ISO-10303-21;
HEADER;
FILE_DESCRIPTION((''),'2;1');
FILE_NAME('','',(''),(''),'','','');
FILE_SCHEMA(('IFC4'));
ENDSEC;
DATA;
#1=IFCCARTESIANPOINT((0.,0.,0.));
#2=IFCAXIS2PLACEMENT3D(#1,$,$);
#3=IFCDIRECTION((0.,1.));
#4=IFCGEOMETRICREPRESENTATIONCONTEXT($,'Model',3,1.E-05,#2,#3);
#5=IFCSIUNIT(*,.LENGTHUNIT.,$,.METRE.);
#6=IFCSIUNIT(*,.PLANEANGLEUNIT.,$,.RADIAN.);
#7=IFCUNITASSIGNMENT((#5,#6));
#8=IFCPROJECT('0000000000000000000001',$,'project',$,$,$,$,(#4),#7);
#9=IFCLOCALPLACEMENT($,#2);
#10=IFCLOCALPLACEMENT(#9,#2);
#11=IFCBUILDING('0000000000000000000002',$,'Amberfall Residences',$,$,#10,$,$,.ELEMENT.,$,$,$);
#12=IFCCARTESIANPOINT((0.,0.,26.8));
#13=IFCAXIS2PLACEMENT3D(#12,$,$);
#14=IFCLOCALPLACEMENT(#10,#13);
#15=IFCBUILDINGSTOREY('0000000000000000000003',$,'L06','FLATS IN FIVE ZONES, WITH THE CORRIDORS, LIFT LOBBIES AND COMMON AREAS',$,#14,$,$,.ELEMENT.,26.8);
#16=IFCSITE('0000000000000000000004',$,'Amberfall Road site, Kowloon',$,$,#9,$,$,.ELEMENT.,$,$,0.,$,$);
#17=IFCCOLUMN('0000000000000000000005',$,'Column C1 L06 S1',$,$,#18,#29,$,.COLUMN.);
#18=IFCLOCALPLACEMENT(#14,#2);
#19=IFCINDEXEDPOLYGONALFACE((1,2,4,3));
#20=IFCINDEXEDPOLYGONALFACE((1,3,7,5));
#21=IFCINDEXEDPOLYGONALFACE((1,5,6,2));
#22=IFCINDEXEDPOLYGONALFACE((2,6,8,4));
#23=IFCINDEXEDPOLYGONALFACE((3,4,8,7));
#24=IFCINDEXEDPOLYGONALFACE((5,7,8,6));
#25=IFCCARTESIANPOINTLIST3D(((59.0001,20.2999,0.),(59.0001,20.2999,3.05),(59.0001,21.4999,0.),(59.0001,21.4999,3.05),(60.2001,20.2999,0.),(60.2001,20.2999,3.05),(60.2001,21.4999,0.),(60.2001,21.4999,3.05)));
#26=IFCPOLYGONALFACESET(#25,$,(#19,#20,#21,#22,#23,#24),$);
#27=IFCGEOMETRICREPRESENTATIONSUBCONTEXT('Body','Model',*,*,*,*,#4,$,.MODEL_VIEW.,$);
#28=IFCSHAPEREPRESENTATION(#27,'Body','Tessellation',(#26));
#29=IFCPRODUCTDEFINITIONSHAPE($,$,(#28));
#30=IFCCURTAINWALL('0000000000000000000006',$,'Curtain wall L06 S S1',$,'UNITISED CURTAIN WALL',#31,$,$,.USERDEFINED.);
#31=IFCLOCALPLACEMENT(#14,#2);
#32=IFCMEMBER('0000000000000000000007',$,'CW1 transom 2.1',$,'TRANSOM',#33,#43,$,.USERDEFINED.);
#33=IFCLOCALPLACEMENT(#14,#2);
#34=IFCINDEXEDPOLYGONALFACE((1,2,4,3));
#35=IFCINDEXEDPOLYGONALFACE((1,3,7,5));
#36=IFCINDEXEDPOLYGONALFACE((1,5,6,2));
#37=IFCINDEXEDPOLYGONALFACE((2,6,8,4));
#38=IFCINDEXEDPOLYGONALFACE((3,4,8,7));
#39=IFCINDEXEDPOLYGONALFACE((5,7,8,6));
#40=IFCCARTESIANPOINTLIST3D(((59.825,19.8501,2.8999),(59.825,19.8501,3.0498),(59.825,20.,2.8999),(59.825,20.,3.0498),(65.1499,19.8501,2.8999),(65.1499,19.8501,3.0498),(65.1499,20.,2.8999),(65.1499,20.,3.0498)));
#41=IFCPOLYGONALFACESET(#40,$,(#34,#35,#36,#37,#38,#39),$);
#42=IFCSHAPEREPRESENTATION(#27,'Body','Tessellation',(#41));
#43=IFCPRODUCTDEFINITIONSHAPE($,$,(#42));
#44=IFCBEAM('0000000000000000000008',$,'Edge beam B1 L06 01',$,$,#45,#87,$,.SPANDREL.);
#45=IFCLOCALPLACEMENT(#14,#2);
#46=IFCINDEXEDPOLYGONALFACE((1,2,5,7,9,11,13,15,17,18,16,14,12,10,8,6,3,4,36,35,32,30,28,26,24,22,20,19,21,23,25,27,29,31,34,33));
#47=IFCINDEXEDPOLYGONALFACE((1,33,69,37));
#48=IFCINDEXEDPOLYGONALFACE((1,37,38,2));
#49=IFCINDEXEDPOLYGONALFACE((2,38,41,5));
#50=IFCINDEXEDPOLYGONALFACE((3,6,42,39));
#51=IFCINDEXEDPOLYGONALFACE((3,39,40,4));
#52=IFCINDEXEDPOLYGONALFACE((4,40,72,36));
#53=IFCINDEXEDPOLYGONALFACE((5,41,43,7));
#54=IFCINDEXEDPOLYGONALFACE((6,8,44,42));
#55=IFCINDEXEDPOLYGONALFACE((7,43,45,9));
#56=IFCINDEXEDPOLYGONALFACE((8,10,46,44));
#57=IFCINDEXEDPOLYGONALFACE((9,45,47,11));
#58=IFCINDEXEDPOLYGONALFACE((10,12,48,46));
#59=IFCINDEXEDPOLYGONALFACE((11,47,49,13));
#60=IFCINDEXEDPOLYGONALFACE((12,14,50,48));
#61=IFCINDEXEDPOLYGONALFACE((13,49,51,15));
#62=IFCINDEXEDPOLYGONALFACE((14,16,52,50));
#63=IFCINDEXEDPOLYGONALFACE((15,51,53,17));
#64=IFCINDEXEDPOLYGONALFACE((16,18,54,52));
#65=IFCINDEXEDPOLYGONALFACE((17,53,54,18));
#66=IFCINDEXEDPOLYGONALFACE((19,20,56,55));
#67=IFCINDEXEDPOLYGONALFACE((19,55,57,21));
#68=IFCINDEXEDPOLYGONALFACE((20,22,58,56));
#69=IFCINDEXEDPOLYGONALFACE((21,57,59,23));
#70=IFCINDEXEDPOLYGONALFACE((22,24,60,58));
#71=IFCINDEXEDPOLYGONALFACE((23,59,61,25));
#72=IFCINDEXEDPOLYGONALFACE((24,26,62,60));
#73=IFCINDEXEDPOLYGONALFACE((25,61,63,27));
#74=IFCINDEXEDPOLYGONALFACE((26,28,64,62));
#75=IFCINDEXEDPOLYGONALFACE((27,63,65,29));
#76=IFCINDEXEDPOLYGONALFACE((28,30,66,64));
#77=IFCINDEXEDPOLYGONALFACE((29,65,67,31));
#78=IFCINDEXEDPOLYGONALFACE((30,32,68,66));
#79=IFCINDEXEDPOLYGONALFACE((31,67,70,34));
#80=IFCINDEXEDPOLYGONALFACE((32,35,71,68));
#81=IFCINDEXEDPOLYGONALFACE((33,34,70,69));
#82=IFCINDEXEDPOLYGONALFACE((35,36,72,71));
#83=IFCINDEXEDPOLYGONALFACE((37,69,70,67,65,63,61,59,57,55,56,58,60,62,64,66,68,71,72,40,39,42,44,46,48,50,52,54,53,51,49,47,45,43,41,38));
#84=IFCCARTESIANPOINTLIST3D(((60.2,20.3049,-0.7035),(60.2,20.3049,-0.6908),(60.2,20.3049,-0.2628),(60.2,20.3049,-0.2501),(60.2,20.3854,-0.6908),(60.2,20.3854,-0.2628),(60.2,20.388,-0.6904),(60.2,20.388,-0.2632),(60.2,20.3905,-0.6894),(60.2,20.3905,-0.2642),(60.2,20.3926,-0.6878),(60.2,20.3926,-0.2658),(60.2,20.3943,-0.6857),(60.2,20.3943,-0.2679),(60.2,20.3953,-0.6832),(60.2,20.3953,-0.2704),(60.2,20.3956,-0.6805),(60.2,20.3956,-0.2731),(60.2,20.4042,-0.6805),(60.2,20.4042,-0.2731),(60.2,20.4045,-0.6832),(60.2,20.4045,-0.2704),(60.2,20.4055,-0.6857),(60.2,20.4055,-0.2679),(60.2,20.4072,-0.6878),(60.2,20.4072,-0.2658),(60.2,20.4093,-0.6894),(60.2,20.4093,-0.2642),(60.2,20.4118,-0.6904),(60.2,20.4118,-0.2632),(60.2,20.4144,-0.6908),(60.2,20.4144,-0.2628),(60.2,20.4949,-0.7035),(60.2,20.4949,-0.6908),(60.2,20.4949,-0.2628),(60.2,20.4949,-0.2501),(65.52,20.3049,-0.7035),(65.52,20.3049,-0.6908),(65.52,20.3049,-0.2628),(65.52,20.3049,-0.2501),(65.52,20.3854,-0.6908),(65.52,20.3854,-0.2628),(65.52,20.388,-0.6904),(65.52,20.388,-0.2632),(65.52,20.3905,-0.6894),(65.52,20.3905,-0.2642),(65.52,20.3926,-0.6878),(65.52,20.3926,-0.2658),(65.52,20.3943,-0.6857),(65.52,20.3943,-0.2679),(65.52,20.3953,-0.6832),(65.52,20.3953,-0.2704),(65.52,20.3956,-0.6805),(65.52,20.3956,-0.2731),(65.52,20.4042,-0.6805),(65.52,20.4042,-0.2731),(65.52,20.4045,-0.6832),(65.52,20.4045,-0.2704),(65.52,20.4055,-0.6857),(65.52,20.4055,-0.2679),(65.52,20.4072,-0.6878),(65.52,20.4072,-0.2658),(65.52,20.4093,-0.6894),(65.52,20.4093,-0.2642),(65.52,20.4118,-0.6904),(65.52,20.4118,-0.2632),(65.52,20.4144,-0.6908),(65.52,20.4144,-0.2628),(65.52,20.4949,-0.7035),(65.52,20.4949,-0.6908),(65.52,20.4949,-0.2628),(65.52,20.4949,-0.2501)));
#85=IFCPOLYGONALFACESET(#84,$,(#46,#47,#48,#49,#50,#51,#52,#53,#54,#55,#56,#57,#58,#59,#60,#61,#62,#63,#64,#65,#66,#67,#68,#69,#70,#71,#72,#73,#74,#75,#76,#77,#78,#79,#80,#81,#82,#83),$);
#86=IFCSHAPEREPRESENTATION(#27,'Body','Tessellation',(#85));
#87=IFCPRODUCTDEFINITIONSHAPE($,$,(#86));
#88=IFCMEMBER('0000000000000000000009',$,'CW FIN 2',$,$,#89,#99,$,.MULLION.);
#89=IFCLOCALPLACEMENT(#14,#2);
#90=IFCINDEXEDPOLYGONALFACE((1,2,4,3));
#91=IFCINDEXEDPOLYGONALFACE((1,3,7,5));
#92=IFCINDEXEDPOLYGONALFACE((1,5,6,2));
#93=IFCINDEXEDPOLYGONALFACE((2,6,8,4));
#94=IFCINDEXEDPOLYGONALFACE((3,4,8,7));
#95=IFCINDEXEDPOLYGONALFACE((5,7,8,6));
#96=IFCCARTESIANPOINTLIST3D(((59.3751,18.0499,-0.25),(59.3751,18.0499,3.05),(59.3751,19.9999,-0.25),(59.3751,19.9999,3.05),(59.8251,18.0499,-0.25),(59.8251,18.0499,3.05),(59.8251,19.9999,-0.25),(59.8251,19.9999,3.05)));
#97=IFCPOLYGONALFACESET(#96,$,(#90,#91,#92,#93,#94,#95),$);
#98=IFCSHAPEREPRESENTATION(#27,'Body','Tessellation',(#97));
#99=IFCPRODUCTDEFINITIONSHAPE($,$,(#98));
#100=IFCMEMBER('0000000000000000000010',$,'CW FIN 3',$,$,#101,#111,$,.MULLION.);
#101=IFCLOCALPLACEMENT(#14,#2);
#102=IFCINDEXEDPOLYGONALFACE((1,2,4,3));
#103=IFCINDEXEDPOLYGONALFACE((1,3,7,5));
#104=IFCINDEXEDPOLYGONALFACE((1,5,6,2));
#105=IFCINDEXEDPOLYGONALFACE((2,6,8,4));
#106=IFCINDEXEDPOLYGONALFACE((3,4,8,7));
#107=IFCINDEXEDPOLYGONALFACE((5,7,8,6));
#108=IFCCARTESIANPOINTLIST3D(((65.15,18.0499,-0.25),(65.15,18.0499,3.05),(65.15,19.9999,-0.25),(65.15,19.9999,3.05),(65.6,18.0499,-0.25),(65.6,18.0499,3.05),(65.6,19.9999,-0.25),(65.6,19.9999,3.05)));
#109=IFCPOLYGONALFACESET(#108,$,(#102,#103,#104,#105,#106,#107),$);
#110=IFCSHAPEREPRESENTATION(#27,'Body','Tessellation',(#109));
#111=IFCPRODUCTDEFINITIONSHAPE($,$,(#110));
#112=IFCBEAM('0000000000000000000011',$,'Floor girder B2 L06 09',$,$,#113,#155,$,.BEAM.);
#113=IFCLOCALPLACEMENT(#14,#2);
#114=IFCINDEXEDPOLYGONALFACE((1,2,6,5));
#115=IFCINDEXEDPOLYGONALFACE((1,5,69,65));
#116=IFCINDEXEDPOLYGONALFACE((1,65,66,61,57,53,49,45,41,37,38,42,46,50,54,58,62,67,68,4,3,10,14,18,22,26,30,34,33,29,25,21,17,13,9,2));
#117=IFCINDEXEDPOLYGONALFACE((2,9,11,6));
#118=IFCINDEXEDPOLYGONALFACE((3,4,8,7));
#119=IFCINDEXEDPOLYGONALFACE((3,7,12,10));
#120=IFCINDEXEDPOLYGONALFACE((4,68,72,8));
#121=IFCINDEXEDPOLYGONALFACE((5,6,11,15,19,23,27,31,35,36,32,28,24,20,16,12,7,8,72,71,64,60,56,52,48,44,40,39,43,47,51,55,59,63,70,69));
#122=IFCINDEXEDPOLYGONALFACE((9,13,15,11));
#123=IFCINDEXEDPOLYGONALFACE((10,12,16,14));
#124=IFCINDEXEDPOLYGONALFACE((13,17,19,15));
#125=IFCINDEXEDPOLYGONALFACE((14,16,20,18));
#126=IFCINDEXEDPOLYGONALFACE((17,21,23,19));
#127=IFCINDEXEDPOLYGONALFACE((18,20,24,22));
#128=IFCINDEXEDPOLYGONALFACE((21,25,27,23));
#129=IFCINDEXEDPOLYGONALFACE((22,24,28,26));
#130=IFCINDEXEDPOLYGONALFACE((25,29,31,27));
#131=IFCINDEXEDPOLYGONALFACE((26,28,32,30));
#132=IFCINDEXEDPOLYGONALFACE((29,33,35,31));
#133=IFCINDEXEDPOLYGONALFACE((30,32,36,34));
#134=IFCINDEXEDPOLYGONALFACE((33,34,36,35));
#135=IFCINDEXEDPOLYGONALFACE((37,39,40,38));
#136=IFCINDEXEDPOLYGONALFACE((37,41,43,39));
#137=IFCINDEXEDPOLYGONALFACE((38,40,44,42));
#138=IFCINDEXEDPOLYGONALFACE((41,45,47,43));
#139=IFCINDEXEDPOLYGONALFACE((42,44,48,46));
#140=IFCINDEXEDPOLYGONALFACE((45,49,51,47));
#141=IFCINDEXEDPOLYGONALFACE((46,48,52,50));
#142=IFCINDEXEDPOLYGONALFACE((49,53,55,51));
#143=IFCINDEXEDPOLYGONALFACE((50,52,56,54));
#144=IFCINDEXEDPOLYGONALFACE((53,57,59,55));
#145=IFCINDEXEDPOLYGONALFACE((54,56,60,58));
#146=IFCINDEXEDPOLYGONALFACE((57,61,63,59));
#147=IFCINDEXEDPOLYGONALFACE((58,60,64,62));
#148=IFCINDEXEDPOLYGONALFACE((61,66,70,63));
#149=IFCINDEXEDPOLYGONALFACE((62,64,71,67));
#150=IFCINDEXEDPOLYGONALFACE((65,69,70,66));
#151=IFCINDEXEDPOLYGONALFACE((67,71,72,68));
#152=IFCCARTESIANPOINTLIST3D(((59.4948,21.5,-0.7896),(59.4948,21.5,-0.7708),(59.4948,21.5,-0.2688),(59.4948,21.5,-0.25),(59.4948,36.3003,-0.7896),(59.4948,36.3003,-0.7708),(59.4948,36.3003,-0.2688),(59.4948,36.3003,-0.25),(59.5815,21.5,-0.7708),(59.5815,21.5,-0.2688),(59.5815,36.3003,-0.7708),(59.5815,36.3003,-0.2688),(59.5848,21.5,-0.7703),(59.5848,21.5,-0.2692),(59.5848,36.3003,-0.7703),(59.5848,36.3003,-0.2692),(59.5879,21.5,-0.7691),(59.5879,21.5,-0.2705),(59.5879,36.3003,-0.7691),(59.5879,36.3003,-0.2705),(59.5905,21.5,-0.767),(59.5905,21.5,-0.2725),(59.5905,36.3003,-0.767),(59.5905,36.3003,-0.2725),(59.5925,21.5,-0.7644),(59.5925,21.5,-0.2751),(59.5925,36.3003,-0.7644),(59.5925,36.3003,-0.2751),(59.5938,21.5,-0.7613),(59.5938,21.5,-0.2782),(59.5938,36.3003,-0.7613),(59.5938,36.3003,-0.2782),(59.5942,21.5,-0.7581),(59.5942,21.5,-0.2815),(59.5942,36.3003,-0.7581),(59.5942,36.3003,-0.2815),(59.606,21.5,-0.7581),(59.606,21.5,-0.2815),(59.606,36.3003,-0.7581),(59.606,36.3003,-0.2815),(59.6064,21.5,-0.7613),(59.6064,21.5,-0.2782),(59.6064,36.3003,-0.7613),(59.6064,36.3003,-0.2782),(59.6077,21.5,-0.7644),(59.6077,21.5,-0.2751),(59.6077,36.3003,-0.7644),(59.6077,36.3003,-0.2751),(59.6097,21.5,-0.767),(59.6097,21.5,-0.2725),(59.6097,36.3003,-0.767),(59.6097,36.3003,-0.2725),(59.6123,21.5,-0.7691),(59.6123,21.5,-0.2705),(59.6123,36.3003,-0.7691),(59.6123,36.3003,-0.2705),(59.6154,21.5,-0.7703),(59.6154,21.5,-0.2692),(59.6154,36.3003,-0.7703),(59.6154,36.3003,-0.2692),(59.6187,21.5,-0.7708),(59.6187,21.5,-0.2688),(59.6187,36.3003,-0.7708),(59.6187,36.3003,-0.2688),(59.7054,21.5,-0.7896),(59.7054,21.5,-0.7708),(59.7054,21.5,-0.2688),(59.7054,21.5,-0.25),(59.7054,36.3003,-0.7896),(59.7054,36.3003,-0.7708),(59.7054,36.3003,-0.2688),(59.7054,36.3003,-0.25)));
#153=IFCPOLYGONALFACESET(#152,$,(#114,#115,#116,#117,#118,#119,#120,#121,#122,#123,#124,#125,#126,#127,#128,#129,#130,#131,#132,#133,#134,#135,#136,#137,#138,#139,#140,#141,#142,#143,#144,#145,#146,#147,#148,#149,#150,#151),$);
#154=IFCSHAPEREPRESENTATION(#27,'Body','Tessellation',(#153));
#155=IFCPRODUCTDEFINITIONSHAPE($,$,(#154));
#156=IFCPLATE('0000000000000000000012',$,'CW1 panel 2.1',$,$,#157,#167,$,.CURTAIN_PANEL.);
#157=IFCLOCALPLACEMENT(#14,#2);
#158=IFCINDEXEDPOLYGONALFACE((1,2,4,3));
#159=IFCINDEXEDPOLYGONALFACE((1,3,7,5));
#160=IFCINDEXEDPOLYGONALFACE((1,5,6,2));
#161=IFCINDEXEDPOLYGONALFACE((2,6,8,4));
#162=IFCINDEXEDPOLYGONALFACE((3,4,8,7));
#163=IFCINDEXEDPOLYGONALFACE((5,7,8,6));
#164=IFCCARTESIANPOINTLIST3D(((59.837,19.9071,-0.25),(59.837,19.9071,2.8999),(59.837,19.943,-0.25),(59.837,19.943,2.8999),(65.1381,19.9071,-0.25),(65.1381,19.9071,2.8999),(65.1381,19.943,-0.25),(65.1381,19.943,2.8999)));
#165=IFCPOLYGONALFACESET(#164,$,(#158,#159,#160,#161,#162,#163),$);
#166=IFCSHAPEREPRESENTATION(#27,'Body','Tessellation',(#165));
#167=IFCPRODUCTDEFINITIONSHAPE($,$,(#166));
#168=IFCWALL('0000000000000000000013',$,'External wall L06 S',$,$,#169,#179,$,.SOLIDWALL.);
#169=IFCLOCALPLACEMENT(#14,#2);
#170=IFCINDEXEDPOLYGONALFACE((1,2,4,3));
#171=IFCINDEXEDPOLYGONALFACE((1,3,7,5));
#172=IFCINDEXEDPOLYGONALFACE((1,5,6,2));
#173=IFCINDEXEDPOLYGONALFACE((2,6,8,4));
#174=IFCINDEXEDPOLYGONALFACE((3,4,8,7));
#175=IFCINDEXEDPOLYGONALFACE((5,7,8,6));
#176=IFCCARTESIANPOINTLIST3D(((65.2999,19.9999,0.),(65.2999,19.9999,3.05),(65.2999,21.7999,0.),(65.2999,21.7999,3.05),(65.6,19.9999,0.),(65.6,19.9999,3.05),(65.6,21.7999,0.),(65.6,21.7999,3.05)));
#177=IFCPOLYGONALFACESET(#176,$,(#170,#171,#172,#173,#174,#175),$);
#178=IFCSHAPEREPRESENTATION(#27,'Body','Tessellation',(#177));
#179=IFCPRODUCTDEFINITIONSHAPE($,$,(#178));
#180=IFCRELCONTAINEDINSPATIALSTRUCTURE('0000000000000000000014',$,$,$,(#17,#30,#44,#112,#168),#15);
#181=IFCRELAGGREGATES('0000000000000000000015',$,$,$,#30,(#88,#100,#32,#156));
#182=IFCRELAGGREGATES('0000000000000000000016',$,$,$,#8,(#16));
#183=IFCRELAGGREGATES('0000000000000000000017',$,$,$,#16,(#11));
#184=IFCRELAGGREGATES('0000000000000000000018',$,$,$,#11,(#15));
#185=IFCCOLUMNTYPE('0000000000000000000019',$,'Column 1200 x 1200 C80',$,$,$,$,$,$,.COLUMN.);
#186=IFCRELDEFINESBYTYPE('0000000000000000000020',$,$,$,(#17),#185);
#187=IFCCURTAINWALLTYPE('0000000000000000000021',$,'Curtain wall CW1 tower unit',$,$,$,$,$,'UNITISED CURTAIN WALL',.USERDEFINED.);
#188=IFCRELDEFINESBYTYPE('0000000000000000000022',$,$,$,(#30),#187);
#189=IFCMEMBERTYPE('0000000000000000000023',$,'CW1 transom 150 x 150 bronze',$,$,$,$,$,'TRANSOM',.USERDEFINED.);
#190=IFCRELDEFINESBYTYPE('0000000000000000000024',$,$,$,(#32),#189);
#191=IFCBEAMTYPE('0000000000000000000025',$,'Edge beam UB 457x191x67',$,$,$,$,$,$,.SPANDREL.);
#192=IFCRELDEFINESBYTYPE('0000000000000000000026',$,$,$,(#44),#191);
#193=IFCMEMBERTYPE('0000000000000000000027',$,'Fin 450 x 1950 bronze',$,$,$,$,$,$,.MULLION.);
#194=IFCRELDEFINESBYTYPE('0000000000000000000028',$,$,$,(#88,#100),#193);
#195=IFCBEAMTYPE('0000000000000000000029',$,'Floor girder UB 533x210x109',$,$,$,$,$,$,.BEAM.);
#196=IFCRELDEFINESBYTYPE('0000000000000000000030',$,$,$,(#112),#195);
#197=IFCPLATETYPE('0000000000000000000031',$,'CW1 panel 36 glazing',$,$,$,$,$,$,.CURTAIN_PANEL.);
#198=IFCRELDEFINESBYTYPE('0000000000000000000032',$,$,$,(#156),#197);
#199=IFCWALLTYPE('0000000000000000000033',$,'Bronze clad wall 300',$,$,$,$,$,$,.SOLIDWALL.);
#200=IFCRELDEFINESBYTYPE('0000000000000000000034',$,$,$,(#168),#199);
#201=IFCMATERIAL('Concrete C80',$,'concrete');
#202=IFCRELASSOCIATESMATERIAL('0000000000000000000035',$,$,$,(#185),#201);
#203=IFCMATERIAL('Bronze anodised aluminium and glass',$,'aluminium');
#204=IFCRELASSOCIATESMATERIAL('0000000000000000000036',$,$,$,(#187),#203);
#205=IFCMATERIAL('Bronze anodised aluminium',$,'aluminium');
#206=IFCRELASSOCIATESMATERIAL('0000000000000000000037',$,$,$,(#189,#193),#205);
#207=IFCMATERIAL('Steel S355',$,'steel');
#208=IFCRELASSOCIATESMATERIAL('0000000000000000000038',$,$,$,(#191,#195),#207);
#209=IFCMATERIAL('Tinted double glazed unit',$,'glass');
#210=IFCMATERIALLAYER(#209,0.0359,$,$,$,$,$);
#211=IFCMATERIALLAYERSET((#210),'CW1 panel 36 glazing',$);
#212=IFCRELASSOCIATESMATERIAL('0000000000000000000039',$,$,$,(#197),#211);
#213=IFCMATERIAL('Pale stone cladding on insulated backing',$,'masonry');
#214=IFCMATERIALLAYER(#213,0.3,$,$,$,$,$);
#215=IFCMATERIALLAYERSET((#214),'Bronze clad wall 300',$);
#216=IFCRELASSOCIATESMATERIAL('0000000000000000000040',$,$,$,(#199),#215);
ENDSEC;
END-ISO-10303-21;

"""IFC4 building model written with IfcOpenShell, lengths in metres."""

from ifc_helpers import new_model, si_unit, direction, frame, frame_2d, origin, origin_2d, place, context, subcontext, project, spatial, rectangle, i_section, extrude, material, layer, layer_set, material_profile, profile_set, type_object, element, aggregate, save


model = new_model("IFC4")

# Units and contexts
model_context = context("Model", 3, precision=1e-05, world=origin(), true_north=direction((0.0, 1.0)))
body_context = subcontext(model_context, "Body", "Model", "MODEL_VIEW")
ifc_project = project(units=[si_unit("LENGTHUNIT", "METRE"), si_unit("PLANEANGLEUNIT", "RADIAN")], contexts=[model_context])

# Site, building, storey
site_placement = place(None, origin())
site = spatial("IfcSite", under=ifc_project, at=site_placement, Name="Amberfall Road site, Kowloon", CompositionType="ELEMENT", RefElevation=0.0)
building_placement = place(site_placement, origin())
building = spatial("IfcBuilding", under=site, at=building_placement, Name="Amberfall Residences", CompositionType="ELEMENT")
storey_placement = place(building_placement, frame((0.0, 0.0, 26.8)))
storey = spatial("IfcBuildingStorey", under=building, at=storey_placement, Name="L06", Description="FLATS IN FIVE ZONES, WITH THE CORRIDORS, LIFT LOBBIES AND COMMON AREAS", CompositionType="ELEMENT", Elevation=26.8)

# Column
ifc_material_1 = material(Name="Concrete C80", Category="concrete")
ifc_material_profile_1 = material_profile(ifc_material_1, rectangle(XDim=1.2, YDim=1.2, at=origin_2d()), Name="Column 1200 x 1200 C80")
ifc_profile_set_1 = profile_set([ifc_material_profile_1], Name="Concrete C80")
column_type = type_object("IfcColumnType", Name="Column 1200 x 1200 C80", PredefinedType="COLUMN", material=ifc_profile_set_1)
column_placement = place(storey_placement, frame((59.6001, 20.8999, 0.0), z_axis=(0.0, 0.0, 1.0), x_axis=(1.0, 0.0, 0.0)))
element("IfcColumn", 1, at=column_placement, inside=storey, type_object=column_type, Name="Column C1 L06 S1", PredefinedType="COLUMN", context=body_context, shape_type="SweptSolid", body=[
    extrude(rectangle(XDim=1.2, YDim=1.2, at=origin_2d()), origin(), (0.0, 0.0, 1.0), 3.05),
])

# Curtain wall, member
ifc_material_2 = material(Name="Bronze anodised aluminium and glass", Category="aluminium")
curtain_wall_type = type_object("IfcCurtainWallType", Name="Curtain wall CW1 tower unit", ElementType="UNITISED CURTAIN WALL", PredefinedType="USERDEFINED", material=ifc_material_2)
curtain_wall_placement = place(storey_placement, origin())
curtain_wall = element("IfcCurtainWall", 2, at=curtain_wall_placement, inside=storey, type_object=curtain_wall_type, Name="Curtain wall L06 S S1", ObjectType="UNITISED CURTAIN WALL", PredefinedType="USERDEFINED")
ifc_material_3 = material(Name="Bronze anodised aluminium", Category="aluminium")
ifc_material_profile_2 = material_profile(ifc_material_3, rectangle(XDim=0.1499, YDim=0.1499, at=origin_2d()), Name="CW1 transom 150 x 150 bronze")
ifc_profile_set_2 = profile_set([ifc_material_profile_2], Name="Bronze anodised aluminium")
member_type_1 = type_object("IfcMemberType", Name="CW1 transom 150 x 150 bronze", ElementType="TRANSOM", PredefinedType="USERDEFINED", material=ifc_profile_set_2)
member_1_placement = place(storey_placement, frame((59.825, 19.925, 2.9749), z_axis=(1.0, 0.0, 0.0), x_axis=(0.0, 1.0, 0.0)))
member_1 = element("IfcMember", 3, at=member_1_placement, type_object=member_type_1, Name="CW1 transom 2.1", ObjectType="TRANSOM", PredefinedType="USERDEFINED", context=body_context, shape_type="SweptSolid", body=[
    extrude(rectangle(XDim=0.1499, YDim=0.1499, at=origin_2d()), origin(), (0.0, 0.0, 1.0), 5.325),
])

# Beam
ifc_material_4 = material(Name="Steel S355", Category="steel")
ifc_material_profile_3 = material_profile(ifc_material_4, i_section(OverallWidth=0.1899, OverallDepth=0.4534, WebThickness=0.0085, FlangeThickness=0.0127, FilletRadius=0.0103, at=origin_2d()), Name="UB 457x191x67")
ifc_profile_set_3 = profile_set([ifc_material_profile_3], Name="Steel S355")
beam_type_1 = type_object("IfcBeamType", Name="Edge beam UB 457x191x67", PredefinedType="SPANDREL", material=ifc_profile_set_3)
beam_1_placement = place(storey_placement, frame((60.2, 20.3999, -0.4768), z_axis=(1.0, 0.0, 0.0), x_axis=(0.0, 1.0, 0.0)))
element("IfcBeam", 4, at=beam_1_placement, inside=storey, type_object=beam_type_1, Name="Edge beam B1 L06 01", PredefinedType="SPANDREL", context=body_context, shape_type="SweptSolid", body=[
    extrude(i_section(OverallWidth=0.1899, OverallDepth=0.4534, WebThickness=0.0085, FlangeThickness=0.0127, FilletRadius=0.0103, at=origin_2d()), origin(), (0.0, 0.0, 1.0), 5.3201),
])

# Members
ifc_material_profile_4 = material_profile(ifc_material_3, rectangle(XDim=1.95, YDim=0.45, at=origin_2d()), Name="Fin 450 x 1950 bronze")
ifc_profile_set_4 = profile_set([ifc_material_profile_4], Name="Bronze anodised aluminium")
member_type_2 = type_object("IfcMemberType", Name="Fin 450 x 1950 bronze", PredefinedType="MULLION", material=ifc_profile_set_4)
member_2_placement = place(storey_placement, frame((59.6001, 19.0249, -0.25), z_axis=(0.0, 0.0, 1.0), x_axis=(0.0, 1.0, 0.0)))
member_2 = element("IfcMember", 5, at=member_2_placement, type_object=member_type_2, Name="CW FIN 2", PredefinedType="MULLION", context=body_context, shape_type="SweptSolid", body=[
    extrude(rectangle(XDim=1.95, YDim=0.45, at=origin_2d()), origin(), (0.0, 0.0, 1.0), 3.3),
])
member_3_placement = place(storey_placement, frame((65.375, 19.0249, -0.25), z_axis=(0.0, 0.0, 1.0), x_axis=(0.0, 1.0, 0.0)))
member_3 = element("IfcMember", 6, at=member_3_placement, type_object=member_type_2, Name="CW FIN 3", PredefinedType="MULLION", context=body_context, shape_type="SweptSolid", body=[
    extrude(rectangle(XDim=1.95, YDim=0.45, at=origin_2d()), origin(), (0.0, 0.0, 1.0), 3.3),
])

# Beam
ifc_material_profile_5 = material_profile(ifc_material_4, i_section(OverallWidth=0.2107, OverallDepth=0.5396, WebThickness=0.0117, FlangeThickness=0.0188, FilletRadius=0.0127, at=origin_2d()), Name="UB 533x210x109")
ifc_profile_set_5 = profile_set([ifc_material_profile_5], Name="Steel S355")
beam_type_2 = type_object("IfcBeamType", Name="Floor girder UB 533x210x109", PredefinedType="BEAM", material=ifc_profile_set_5)
beam_2_placement = place(storey_placement, frame((59.6001, 21.5, -0.5198), z_axis=(0.0, 1.0, 0.0), x_axis=(-1.0, 0.0, 0.0)))
element("IfcBeam", 7, at=beam_2_placement, inside=storey, type_object=beam_type_2, Name="Floor girder B2 L06 09", PredefinedType="BEAM", context=body_context, shape_type="SweptSolid", body=[
    extrude(i_section(OverallWidth=0.2107, OverallDepth=0.5396, WebThickness=0.0117, FlangeThickness=0.0188, FilletRadius=0.0127, at=origin_2d()), origin(), (0.0, 0.0, 1.0), 14.8003),
])

# Plate
ifc_material_5 = material(Name="Tinted double glazed unit", Category="glass")
ifc_layer_1 = layer(ifc_material_5, 0.0359)
ifc_layer_set_1 = layer_set([ifc_layer_1], Name="CW1 panel 36 glazing")
plate_type = type_object("IfcPlateType", Name="CW1 panel 36 glazing", PredefinedType="CURTAIN_PANEL", material=ifc_layer_set_1)
plate_placement = place(storey_placement, frame((62.4875, 19.925, -0.25), z_axis=(0.0, 0.0, 1.0), x_axis=(1.0, 0.0, 0.0)))
plate = element("IfcPlate", 8, at=plate_placement, type_object=plate_type, Name="CW1 panel 2.1", PredefinedType="CURTAIN_PANEL", context=body_context, shape_type="SweptSolid", body=[
    extrude(rectangle(XDim=5.301, YDim=0.0359, at=origin_2d()), origin(), (0.0, 0.0, 1.0), 3.1499),
])
aggregate(curtain_wall, [member_2, member_3, member_1, plate])

# Wall
ifc_material_6 = material(Name="Pale stone cladding on insulated backing", Category="masonry")
ifc_layer_2 = layer(ifc_material_6, 0.3)
ifc_layer_set_2 = layer_set([ifc_layer_2], Name="Bronze clad wall 300")
wall_type = type_object("IfcWallType", Name="Bronze clad wall 300", PredefinedType="SOLIDWALL", material=ifc_layer_set_2)
wall_1_placement = place(storey_placement, frame((65.45, 20.0, 0.0), z_axis=(0.0, 0.0, 1.0), x_axis=(0.0, 1.0, 0.0)))
element("IfcWall", 9, at=wall_1_placement, inside=storey, type_object=wall_type, Name="External wall L06 S", PredefinedType="SOLIDWALL", context=body_context, shape_type="SweptSolid", body=[
    extrude(rectangle(XDim=1.8, YDim=0.3, at=frame_2d((0.8999, 0.0))), origin(), (0.0, 0.0, 1.0), 3.05),
])

save(model, "model.ifc")
